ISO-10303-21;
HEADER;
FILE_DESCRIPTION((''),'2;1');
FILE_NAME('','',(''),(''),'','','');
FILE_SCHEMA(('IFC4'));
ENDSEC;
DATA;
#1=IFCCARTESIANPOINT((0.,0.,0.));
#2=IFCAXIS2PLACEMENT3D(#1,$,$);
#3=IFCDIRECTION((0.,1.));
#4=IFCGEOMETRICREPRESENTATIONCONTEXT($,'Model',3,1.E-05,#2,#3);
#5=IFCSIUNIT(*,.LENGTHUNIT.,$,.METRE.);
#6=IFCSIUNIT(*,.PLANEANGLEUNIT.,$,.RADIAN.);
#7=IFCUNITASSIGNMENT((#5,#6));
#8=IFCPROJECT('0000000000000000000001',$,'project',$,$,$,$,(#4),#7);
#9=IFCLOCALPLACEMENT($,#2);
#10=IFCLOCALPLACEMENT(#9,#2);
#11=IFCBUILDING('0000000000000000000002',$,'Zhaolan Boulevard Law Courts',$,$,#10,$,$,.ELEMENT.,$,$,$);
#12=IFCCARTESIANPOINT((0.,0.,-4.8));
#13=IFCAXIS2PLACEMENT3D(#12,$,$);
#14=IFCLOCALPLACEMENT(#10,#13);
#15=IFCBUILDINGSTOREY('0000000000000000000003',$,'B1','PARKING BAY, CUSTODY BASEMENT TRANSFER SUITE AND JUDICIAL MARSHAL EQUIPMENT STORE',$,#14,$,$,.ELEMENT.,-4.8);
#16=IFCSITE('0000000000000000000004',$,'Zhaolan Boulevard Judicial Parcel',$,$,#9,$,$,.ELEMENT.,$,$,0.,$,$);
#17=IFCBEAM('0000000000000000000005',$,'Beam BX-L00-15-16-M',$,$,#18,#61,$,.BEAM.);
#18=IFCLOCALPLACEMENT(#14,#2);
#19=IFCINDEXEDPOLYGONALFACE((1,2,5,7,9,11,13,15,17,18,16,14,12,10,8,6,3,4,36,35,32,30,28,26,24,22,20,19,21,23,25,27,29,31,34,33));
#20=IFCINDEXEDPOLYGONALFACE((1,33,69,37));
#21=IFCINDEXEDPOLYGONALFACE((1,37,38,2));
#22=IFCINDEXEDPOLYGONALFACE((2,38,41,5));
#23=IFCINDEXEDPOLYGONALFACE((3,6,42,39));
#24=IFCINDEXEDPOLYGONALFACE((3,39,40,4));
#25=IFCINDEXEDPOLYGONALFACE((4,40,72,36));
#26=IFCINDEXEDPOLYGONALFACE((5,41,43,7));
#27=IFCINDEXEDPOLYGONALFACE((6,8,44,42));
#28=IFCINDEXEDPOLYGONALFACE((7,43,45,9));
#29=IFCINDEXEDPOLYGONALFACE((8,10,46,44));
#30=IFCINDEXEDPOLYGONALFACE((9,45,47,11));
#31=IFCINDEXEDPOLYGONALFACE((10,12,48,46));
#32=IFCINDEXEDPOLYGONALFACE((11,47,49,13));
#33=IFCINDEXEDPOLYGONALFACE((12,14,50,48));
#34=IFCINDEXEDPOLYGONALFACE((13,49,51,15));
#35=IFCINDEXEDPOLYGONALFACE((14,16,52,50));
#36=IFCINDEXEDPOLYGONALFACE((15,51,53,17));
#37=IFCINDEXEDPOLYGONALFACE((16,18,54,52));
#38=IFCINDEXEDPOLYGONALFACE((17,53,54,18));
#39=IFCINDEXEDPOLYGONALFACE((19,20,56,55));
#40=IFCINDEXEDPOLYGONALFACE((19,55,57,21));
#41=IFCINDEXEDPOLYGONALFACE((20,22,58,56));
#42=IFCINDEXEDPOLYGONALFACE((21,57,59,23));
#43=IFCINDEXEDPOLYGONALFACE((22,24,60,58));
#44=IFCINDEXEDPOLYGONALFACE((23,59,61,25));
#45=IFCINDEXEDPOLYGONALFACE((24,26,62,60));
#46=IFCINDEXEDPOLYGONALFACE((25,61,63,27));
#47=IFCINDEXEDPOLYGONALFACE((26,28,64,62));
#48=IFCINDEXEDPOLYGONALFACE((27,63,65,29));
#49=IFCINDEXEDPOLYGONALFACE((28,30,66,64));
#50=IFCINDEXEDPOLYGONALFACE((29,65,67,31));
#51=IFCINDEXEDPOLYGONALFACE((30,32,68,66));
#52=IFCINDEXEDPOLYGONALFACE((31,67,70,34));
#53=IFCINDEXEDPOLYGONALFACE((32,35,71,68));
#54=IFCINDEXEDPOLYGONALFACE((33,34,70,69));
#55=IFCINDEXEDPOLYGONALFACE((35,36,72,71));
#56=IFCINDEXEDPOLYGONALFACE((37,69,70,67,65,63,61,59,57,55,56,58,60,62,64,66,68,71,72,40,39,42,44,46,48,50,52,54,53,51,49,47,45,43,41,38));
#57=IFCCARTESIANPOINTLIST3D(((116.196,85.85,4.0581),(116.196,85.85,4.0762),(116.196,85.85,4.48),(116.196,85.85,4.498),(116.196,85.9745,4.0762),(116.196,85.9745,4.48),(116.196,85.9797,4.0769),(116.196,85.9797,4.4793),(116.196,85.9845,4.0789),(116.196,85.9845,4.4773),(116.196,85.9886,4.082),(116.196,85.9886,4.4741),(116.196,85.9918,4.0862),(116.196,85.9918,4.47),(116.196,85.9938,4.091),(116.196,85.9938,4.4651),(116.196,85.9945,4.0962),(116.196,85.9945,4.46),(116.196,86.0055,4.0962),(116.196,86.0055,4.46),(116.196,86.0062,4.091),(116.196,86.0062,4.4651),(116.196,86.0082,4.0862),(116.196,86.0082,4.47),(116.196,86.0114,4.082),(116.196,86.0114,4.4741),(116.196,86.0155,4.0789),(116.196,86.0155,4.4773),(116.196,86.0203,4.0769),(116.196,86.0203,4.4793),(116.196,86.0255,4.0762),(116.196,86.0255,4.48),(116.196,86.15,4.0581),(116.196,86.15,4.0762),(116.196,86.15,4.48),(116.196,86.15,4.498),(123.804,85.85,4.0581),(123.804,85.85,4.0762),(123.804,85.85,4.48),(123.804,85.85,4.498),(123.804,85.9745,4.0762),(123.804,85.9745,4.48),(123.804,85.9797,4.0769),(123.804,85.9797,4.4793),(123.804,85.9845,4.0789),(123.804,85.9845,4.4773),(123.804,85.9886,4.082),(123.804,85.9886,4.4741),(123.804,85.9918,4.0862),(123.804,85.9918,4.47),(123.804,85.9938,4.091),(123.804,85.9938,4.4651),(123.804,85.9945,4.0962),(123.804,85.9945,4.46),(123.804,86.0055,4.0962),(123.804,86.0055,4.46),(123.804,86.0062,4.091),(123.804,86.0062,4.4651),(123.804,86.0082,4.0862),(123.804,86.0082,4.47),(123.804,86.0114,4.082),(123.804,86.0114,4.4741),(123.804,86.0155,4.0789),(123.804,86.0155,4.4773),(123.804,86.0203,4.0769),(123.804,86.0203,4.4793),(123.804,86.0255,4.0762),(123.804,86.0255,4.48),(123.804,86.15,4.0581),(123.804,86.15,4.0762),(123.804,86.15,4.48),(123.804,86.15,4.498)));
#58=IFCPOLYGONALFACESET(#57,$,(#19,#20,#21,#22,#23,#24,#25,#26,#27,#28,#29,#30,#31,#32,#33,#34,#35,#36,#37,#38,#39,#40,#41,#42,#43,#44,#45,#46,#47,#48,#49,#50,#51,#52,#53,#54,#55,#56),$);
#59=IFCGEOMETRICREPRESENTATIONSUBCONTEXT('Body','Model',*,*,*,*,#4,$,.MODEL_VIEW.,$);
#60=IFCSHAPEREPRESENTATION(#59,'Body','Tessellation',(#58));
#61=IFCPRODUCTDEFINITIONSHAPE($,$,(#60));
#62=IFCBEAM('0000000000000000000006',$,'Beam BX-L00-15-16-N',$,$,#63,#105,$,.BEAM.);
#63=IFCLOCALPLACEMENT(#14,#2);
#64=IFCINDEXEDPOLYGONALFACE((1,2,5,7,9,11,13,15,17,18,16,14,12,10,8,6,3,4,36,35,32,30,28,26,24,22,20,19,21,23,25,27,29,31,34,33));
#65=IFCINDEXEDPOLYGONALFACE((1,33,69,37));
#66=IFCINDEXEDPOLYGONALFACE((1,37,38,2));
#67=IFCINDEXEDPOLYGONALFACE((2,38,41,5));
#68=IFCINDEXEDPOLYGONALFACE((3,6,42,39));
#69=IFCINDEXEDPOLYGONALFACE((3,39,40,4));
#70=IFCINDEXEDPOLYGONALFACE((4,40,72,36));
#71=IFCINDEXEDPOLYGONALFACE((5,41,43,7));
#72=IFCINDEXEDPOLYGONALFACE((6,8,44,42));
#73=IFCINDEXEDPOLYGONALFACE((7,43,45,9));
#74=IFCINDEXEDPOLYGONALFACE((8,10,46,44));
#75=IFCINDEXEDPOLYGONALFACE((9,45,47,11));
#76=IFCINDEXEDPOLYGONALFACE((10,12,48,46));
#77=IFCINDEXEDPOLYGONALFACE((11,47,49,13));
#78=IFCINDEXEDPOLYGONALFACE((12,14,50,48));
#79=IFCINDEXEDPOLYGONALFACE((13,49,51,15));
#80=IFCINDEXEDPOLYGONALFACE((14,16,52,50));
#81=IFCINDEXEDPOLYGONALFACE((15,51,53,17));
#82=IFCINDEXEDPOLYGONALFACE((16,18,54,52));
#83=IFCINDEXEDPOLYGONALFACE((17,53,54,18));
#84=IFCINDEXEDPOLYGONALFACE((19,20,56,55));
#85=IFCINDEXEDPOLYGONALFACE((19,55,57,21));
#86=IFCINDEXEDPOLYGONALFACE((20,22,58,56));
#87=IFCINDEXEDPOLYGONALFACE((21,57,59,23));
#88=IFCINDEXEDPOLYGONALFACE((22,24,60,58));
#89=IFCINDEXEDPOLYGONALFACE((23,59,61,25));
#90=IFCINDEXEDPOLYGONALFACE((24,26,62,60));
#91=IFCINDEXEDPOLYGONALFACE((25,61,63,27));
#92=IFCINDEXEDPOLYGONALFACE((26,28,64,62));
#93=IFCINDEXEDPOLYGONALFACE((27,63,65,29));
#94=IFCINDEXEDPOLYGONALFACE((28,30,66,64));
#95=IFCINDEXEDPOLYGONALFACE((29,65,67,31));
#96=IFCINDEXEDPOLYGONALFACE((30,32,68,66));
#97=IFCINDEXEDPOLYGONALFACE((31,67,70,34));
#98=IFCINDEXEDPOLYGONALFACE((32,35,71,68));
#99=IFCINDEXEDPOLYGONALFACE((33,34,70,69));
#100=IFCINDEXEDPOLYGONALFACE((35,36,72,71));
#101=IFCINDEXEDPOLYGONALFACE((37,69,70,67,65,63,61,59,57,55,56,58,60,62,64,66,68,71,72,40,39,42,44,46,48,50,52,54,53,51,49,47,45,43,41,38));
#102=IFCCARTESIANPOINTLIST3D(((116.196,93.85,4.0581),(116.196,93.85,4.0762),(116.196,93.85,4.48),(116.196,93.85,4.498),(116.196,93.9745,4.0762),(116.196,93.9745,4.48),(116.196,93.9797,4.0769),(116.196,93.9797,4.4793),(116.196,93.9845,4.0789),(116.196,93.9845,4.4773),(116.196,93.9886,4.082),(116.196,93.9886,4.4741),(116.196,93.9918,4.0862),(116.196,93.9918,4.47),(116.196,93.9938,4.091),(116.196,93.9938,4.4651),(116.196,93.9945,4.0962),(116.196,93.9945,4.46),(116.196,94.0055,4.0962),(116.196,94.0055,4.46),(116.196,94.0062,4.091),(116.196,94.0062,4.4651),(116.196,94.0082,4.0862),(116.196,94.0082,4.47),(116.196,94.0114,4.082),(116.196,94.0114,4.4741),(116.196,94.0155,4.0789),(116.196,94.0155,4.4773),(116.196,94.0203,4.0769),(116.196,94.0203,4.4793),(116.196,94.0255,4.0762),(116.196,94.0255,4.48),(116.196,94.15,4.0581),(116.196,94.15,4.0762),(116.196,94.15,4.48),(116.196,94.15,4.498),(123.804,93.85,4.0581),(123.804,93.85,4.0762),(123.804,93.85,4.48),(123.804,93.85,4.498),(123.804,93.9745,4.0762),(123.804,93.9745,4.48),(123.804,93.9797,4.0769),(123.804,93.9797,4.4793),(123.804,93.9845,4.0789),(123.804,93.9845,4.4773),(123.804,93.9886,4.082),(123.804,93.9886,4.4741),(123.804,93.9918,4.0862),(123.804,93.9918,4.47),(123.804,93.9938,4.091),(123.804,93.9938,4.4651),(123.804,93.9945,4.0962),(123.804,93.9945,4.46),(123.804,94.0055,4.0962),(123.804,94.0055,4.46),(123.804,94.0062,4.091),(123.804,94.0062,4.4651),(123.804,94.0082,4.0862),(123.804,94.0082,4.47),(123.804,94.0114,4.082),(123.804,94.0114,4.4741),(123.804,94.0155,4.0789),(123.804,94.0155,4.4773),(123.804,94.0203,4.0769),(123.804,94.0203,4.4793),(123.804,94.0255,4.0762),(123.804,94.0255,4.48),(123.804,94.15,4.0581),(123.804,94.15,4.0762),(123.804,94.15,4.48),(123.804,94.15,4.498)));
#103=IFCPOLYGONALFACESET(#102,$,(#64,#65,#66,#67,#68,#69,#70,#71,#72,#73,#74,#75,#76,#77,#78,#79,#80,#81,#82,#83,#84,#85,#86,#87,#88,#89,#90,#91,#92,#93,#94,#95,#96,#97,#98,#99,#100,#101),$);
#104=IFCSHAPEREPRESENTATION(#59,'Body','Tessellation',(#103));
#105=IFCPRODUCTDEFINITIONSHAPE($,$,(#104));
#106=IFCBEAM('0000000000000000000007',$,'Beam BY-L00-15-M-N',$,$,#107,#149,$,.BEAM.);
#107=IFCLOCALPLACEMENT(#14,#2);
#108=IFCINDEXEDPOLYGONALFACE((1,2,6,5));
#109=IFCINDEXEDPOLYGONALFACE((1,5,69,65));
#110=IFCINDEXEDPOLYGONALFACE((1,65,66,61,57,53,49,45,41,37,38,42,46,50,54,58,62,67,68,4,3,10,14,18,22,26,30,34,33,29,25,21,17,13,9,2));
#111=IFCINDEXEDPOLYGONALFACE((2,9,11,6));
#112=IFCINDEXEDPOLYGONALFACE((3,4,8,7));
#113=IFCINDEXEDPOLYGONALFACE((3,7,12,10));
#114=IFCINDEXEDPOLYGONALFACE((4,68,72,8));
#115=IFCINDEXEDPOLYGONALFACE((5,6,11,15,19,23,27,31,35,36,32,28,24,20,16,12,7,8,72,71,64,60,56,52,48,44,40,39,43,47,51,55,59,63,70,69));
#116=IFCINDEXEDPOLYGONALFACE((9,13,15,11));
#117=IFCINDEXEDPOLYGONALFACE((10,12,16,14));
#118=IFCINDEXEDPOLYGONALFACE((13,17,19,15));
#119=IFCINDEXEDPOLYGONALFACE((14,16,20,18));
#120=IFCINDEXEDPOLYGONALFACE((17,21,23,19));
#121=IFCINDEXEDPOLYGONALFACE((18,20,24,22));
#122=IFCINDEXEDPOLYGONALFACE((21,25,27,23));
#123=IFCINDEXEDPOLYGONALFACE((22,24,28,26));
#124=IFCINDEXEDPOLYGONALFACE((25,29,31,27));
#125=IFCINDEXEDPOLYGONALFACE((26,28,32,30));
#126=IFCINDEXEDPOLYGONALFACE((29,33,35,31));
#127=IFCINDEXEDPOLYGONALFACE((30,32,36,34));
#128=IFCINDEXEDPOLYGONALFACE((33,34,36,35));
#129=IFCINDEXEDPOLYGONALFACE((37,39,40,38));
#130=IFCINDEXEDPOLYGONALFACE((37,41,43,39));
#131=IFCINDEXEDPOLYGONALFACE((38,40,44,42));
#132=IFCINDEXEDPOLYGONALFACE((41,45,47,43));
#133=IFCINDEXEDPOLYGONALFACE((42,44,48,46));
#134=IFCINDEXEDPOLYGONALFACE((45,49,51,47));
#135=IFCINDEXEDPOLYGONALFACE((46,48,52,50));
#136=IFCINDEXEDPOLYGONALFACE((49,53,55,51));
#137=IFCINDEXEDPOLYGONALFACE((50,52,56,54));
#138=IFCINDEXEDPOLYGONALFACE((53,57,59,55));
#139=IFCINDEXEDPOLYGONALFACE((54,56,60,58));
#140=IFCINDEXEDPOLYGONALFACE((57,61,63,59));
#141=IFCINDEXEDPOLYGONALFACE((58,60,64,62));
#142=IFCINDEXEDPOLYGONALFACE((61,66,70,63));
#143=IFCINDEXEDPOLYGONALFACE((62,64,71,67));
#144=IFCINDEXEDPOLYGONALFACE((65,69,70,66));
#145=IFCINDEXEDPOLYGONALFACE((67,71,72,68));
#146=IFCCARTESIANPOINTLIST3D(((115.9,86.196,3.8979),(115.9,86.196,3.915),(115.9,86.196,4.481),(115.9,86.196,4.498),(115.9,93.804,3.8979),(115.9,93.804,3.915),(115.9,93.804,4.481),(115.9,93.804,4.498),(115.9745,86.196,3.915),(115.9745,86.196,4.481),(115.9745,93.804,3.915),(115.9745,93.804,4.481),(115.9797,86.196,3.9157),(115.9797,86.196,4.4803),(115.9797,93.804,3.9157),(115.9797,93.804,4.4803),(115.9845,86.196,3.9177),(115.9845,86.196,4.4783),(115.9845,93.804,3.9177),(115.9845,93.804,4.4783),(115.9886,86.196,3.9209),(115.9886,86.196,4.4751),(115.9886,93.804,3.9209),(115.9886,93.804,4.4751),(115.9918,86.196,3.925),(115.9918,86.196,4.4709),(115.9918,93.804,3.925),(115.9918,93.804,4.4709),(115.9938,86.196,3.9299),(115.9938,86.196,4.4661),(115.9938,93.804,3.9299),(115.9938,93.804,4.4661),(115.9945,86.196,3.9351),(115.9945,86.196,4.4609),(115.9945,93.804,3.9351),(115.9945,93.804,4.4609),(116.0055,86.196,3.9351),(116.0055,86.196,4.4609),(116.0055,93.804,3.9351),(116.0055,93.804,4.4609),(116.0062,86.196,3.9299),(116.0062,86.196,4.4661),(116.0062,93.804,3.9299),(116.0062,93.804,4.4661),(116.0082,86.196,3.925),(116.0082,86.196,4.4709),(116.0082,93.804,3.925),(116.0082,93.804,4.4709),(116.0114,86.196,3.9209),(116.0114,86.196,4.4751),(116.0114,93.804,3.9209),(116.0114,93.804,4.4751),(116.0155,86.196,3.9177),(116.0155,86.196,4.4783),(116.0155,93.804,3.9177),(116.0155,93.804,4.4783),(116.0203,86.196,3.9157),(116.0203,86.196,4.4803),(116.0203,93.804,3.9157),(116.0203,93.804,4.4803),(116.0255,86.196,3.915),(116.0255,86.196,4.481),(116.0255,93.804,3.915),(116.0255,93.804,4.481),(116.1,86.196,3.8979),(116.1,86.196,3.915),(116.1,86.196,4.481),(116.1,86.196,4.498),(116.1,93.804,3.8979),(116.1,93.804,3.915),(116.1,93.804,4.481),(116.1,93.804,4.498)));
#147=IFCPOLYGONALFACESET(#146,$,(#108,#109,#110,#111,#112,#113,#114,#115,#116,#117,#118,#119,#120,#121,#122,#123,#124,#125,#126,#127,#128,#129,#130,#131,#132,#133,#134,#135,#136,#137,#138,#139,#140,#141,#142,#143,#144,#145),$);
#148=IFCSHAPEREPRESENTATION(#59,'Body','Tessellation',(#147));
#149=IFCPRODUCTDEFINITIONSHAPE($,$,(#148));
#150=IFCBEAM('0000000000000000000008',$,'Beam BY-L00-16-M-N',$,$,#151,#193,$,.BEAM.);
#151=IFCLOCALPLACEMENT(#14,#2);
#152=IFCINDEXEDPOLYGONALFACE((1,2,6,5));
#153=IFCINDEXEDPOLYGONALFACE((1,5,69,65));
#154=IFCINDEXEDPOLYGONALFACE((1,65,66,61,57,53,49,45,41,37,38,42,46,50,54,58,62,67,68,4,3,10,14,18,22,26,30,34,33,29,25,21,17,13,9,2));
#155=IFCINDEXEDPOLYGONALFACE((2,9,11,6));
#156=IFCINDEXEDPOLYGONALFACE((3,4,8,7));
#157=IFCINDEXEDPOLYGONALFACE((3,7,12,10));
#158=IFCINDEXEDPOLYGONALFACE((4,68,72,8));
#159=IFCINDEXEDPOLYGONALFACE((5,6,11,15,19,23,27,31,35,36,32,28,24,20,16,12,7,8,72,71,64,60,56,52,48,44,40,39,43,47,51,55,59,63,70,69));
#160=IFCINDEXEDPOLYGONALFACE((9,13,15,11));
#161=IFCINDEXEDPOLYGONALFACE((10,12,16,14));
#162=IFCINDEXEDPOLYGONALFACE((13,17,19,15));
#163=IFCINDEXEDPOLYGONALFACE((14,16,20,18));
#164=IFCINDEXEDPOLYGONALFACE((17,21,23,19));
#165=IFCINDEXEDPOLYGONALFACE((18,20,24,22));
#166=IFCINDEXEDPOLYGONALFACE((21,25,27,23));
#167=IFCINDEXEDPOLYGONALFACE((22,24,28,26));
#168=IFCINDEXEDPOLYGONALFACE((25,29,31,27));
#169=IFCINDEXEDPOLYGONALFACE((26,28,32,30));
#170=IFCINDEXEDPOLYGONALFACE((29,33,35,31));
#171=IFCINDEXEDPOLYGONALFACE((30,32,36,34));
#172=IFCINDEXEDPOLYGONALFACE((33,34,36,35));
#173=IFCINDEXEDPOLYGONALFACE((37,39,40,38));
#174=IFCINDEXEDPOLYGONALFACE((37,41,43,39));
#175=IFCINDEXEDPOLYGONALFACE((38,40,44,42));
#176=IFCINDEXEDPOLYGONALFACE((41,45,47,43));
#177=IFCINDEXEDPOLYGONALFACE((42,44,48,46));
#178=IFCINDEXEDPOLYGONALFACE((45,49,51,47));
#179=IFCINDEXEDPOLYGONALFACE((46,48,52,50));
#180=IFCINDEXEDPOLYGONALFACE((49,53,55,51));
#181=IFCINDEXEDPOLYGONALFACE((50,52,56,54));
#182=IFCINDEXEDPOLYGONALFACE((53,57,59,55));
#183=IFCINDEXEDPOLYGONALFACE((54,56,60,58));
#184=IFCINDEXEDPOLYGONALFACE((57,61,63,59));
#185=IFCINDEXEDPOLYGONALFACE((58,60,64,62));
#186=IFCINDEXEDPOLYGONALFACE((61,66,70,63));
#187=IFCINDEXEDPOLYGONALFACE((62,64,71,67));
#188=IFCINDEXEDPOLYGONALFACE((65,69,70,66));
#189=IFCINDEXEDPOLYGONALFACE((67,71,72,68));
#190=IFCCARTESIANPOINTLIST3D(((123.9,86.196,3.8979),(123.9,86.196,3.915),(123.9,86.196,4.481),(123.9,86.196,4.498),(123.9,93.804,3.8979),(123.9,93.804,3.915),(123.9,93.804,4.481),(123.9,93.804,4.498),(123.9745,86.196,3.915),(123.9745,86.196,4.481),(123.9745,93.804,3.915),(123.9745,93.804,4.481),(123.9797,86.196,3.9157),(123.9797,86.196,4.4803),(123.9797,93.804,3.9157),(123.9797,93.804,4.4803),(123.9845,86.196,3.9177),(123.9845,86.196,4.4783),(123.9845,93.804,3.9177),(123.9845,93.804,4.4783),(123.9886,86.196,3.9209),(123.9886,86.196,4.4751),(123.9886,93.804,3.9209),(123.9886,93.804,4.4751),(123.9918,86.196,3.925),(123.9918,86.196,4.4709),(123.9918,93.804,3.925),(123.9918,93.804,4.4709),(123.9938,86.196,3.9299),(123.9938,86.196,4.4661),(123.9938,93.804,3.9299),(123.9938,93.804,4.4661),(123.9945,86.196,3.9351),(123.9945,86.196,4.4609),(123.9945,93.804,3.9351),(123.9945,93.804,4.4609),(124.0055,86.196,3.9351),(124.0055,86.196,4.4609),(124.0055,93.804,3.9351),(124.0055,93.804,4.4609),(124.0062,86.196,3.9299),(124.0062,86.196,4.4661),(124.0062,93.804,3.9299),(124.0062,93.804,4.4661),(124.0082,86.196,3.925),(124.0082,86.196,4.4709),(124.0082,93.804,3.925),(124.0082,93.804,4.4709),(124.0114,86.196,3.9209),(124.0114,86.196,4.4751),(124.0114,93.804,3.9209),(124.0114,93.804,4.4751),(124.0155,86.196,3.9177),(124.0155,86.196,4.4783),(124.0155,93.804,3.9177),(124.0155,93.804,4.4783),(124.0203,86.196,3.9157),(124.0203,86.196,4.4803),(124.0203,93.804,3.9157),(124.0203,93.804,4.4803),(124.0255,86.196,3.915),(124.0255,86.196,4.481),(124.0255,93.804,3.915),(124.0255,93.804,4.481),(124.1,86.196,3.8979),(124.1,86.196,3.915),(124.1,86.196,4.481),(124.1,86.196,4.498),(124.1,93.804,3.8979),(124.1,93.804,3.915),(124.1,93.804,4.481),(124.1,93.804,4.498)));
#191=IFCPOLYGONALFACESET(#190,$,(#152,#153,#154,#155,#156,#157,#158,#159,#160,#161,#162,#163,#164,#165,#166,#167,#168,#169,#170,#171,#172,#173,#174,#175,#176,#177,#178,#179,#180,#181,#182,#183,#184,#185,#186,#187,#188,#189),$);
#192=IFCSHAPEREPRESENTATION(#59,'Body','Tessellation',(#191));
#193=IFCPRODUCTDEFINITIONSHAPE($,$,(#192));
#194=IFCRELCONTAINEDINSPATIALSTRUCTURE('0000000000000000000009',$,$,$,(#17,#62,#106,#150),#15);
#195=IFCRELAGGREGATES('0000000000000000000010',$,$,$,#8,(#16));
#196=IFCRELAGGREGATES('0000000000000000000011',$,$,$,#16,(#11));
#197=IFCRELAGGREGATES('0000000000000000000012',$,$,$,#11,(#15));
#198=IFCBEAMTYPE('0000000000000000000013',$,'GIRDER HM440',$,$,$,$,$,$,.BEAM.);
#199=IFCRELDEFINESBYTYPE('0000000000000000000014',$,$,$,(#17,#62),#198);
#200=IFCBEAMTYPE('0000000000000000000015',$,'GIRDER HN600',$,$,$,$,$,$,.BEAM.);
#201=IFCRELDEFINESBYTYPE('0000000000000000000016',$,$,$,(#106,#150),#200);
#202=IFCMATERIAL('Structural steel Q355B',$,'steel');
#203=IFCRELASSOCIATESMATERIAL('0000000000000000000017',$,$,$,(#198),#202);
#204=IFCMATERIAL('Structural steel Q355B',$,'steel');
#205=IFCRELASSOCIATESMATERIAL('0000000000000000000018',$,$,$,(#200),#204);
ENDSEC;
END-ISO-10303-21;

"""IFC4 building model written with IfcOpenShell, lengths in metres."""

from ifc_helpers import new_model, si_unit, direction, frame, origin, origin_2d, place, context, subcontext, project, spatial, i_section, extrude, material, material_profile, profile_set, type_object, element, save


model = new_model("IFC4")

# Units and contexts
model_context = context("Model", 3, precision=1e-05, world=origin(), true_north=direction((0.0, 1.0)))
body_context = subcontext(model_context, "Body", "Model", "MODEL_VIEW")
ifc_project = project(units=[si_unit("LENGTHUNIT", "METRE"), si_unit("PLANEANGLEUNIT", "RADIAN")], contexts=[model_context])

# Site, building, storey
site_placement = place(None, origin())
site = spatial("IfcSite", under=ifc_project, at=site_placement, Name="Zhaolan Boulevard Judicial Parcel", CompositionType="ELEMENT", RefElevation=0.0)
building_placement = place(site_placement, origin())
building = spatial("IfcBuilding", under=site, at=building_placement, Name="Zhaolan Boulevard Law Courts", CompositionType="ELEMENT")
storey_placement = place(building_placement, frame((0.0, 0.0, -4.8)))
storey = spatial("IfcBuildingStorey", under=building, at=storey_placement, Name="B1", Description="PARKING BAY, CUSTODY BASEMENT TRANSFER SUITE AND JUDICIAL MARSHAL EQUIPMENT STORE", CompositionType="ELEMENT", Elevation=-4.8)

# Beams
ifc_material_1 = material(Name="Structural steel Q355B", Category="steel")
ifc_material_profile_1 = material_profile(ifc_material_1, i_section(OverallWidth=0.3, OverallDepth=0.4399, WebThickness=0.011, FlangeThickness=0.0181, FilletRadius=0.02, at=origin_2d()), Name="HM440x300")
ifc_profile_set_1 = profile_set([ifc_material_profile_1], Name="Structural steel Q355B")
beam_type_1 = type_object("IfcBeamType", Name="GIRDER HM440", PredefinedType="BEAM", material=ifc_profile_set_1)
for number, where, z_axis, x_axis, name in (
    (1, (116.196, 86.0, 4.2781), (1.0, 0.0, 0.0), (0.0, 1.0, 0.0), "Beam BX-L00-15-16-M"),
    (2, (116.196, 94.0, 4.2781), (1.0, 0.0, 0.0), (0.0, 1.0, 0.0), "Beam BX-L00-15-16-N"),
):
    element("IfcBeam", number, at=place(storey_placement, frame(where, z_axis=z_axis, x_axis=x_axis)), inside=storey, type_object=beam_type_1, Name=name, PredefinedType="BEAM", context=body_context, shape_type="SweptSolid", body=[
        extrude(i_section(OverallWidth=0.3, OverallDepth=0.4399, WebThickness=0.011, FlangeThickness=0.0181, FilletRadius=0.02, at=origin_2d()), origin(), (0.0, 0.0, 1.0), 7.6079),
    ])
ifc_material_2 = material(Name="Structural steel Q355B", Category="steel")
ifc_material_profile_2 = material_profile(ifc_material_2, i_section(OverallWidth=0.2, OverallDepth=0.6001, WebThickness=0.011, FlangeThickness=0.0171, FilletRadius=0.02, at=origin_2d()), Name="HN600x200")
ifc_profile_set_2 = profile_set([ifc_material_profile_2], Name="Structural steel Q355B")
beam_type_2 = type_object("IfcBeamType", Name="GIRDER HN600", PredefinedType="BEAM", material=ifc_profile_set_2)
for number, where, z_axis, x_axis, name in (
    (3, (116.0, 86.196, 4.198), (0.0, 1.0, 0.0), (-1.0, 0.0, 0.0), "Beam BY-L00-15-M-N"),
    (4, (124.0, 86.196, 4.198), (0.0, 1.0, 0.0), (-1.0, 0.0, 0.0), "Beam BY-L00-16-M-N"),
):
    element("IfcBeam", number, at=place(storey_placement, frame(where, z_axis=z_axis, x_axis=x_axis)), inside=storey, type_object=beam_type_2, Name=name, PredefinedType="BEAM", context=body_context, shape_type="SweptSolid", body=[
        extrude(i_section(OverallWidth=0.2, OverallDepth=0.6001, WebThickness=0.011, FlangeThickness=0.0171, FilletRadius=0.02, at=origin_2d()), origin(), (0.0, 0.0, 1.0), 7.6079),
    ])

save(model, "model.ifc")
